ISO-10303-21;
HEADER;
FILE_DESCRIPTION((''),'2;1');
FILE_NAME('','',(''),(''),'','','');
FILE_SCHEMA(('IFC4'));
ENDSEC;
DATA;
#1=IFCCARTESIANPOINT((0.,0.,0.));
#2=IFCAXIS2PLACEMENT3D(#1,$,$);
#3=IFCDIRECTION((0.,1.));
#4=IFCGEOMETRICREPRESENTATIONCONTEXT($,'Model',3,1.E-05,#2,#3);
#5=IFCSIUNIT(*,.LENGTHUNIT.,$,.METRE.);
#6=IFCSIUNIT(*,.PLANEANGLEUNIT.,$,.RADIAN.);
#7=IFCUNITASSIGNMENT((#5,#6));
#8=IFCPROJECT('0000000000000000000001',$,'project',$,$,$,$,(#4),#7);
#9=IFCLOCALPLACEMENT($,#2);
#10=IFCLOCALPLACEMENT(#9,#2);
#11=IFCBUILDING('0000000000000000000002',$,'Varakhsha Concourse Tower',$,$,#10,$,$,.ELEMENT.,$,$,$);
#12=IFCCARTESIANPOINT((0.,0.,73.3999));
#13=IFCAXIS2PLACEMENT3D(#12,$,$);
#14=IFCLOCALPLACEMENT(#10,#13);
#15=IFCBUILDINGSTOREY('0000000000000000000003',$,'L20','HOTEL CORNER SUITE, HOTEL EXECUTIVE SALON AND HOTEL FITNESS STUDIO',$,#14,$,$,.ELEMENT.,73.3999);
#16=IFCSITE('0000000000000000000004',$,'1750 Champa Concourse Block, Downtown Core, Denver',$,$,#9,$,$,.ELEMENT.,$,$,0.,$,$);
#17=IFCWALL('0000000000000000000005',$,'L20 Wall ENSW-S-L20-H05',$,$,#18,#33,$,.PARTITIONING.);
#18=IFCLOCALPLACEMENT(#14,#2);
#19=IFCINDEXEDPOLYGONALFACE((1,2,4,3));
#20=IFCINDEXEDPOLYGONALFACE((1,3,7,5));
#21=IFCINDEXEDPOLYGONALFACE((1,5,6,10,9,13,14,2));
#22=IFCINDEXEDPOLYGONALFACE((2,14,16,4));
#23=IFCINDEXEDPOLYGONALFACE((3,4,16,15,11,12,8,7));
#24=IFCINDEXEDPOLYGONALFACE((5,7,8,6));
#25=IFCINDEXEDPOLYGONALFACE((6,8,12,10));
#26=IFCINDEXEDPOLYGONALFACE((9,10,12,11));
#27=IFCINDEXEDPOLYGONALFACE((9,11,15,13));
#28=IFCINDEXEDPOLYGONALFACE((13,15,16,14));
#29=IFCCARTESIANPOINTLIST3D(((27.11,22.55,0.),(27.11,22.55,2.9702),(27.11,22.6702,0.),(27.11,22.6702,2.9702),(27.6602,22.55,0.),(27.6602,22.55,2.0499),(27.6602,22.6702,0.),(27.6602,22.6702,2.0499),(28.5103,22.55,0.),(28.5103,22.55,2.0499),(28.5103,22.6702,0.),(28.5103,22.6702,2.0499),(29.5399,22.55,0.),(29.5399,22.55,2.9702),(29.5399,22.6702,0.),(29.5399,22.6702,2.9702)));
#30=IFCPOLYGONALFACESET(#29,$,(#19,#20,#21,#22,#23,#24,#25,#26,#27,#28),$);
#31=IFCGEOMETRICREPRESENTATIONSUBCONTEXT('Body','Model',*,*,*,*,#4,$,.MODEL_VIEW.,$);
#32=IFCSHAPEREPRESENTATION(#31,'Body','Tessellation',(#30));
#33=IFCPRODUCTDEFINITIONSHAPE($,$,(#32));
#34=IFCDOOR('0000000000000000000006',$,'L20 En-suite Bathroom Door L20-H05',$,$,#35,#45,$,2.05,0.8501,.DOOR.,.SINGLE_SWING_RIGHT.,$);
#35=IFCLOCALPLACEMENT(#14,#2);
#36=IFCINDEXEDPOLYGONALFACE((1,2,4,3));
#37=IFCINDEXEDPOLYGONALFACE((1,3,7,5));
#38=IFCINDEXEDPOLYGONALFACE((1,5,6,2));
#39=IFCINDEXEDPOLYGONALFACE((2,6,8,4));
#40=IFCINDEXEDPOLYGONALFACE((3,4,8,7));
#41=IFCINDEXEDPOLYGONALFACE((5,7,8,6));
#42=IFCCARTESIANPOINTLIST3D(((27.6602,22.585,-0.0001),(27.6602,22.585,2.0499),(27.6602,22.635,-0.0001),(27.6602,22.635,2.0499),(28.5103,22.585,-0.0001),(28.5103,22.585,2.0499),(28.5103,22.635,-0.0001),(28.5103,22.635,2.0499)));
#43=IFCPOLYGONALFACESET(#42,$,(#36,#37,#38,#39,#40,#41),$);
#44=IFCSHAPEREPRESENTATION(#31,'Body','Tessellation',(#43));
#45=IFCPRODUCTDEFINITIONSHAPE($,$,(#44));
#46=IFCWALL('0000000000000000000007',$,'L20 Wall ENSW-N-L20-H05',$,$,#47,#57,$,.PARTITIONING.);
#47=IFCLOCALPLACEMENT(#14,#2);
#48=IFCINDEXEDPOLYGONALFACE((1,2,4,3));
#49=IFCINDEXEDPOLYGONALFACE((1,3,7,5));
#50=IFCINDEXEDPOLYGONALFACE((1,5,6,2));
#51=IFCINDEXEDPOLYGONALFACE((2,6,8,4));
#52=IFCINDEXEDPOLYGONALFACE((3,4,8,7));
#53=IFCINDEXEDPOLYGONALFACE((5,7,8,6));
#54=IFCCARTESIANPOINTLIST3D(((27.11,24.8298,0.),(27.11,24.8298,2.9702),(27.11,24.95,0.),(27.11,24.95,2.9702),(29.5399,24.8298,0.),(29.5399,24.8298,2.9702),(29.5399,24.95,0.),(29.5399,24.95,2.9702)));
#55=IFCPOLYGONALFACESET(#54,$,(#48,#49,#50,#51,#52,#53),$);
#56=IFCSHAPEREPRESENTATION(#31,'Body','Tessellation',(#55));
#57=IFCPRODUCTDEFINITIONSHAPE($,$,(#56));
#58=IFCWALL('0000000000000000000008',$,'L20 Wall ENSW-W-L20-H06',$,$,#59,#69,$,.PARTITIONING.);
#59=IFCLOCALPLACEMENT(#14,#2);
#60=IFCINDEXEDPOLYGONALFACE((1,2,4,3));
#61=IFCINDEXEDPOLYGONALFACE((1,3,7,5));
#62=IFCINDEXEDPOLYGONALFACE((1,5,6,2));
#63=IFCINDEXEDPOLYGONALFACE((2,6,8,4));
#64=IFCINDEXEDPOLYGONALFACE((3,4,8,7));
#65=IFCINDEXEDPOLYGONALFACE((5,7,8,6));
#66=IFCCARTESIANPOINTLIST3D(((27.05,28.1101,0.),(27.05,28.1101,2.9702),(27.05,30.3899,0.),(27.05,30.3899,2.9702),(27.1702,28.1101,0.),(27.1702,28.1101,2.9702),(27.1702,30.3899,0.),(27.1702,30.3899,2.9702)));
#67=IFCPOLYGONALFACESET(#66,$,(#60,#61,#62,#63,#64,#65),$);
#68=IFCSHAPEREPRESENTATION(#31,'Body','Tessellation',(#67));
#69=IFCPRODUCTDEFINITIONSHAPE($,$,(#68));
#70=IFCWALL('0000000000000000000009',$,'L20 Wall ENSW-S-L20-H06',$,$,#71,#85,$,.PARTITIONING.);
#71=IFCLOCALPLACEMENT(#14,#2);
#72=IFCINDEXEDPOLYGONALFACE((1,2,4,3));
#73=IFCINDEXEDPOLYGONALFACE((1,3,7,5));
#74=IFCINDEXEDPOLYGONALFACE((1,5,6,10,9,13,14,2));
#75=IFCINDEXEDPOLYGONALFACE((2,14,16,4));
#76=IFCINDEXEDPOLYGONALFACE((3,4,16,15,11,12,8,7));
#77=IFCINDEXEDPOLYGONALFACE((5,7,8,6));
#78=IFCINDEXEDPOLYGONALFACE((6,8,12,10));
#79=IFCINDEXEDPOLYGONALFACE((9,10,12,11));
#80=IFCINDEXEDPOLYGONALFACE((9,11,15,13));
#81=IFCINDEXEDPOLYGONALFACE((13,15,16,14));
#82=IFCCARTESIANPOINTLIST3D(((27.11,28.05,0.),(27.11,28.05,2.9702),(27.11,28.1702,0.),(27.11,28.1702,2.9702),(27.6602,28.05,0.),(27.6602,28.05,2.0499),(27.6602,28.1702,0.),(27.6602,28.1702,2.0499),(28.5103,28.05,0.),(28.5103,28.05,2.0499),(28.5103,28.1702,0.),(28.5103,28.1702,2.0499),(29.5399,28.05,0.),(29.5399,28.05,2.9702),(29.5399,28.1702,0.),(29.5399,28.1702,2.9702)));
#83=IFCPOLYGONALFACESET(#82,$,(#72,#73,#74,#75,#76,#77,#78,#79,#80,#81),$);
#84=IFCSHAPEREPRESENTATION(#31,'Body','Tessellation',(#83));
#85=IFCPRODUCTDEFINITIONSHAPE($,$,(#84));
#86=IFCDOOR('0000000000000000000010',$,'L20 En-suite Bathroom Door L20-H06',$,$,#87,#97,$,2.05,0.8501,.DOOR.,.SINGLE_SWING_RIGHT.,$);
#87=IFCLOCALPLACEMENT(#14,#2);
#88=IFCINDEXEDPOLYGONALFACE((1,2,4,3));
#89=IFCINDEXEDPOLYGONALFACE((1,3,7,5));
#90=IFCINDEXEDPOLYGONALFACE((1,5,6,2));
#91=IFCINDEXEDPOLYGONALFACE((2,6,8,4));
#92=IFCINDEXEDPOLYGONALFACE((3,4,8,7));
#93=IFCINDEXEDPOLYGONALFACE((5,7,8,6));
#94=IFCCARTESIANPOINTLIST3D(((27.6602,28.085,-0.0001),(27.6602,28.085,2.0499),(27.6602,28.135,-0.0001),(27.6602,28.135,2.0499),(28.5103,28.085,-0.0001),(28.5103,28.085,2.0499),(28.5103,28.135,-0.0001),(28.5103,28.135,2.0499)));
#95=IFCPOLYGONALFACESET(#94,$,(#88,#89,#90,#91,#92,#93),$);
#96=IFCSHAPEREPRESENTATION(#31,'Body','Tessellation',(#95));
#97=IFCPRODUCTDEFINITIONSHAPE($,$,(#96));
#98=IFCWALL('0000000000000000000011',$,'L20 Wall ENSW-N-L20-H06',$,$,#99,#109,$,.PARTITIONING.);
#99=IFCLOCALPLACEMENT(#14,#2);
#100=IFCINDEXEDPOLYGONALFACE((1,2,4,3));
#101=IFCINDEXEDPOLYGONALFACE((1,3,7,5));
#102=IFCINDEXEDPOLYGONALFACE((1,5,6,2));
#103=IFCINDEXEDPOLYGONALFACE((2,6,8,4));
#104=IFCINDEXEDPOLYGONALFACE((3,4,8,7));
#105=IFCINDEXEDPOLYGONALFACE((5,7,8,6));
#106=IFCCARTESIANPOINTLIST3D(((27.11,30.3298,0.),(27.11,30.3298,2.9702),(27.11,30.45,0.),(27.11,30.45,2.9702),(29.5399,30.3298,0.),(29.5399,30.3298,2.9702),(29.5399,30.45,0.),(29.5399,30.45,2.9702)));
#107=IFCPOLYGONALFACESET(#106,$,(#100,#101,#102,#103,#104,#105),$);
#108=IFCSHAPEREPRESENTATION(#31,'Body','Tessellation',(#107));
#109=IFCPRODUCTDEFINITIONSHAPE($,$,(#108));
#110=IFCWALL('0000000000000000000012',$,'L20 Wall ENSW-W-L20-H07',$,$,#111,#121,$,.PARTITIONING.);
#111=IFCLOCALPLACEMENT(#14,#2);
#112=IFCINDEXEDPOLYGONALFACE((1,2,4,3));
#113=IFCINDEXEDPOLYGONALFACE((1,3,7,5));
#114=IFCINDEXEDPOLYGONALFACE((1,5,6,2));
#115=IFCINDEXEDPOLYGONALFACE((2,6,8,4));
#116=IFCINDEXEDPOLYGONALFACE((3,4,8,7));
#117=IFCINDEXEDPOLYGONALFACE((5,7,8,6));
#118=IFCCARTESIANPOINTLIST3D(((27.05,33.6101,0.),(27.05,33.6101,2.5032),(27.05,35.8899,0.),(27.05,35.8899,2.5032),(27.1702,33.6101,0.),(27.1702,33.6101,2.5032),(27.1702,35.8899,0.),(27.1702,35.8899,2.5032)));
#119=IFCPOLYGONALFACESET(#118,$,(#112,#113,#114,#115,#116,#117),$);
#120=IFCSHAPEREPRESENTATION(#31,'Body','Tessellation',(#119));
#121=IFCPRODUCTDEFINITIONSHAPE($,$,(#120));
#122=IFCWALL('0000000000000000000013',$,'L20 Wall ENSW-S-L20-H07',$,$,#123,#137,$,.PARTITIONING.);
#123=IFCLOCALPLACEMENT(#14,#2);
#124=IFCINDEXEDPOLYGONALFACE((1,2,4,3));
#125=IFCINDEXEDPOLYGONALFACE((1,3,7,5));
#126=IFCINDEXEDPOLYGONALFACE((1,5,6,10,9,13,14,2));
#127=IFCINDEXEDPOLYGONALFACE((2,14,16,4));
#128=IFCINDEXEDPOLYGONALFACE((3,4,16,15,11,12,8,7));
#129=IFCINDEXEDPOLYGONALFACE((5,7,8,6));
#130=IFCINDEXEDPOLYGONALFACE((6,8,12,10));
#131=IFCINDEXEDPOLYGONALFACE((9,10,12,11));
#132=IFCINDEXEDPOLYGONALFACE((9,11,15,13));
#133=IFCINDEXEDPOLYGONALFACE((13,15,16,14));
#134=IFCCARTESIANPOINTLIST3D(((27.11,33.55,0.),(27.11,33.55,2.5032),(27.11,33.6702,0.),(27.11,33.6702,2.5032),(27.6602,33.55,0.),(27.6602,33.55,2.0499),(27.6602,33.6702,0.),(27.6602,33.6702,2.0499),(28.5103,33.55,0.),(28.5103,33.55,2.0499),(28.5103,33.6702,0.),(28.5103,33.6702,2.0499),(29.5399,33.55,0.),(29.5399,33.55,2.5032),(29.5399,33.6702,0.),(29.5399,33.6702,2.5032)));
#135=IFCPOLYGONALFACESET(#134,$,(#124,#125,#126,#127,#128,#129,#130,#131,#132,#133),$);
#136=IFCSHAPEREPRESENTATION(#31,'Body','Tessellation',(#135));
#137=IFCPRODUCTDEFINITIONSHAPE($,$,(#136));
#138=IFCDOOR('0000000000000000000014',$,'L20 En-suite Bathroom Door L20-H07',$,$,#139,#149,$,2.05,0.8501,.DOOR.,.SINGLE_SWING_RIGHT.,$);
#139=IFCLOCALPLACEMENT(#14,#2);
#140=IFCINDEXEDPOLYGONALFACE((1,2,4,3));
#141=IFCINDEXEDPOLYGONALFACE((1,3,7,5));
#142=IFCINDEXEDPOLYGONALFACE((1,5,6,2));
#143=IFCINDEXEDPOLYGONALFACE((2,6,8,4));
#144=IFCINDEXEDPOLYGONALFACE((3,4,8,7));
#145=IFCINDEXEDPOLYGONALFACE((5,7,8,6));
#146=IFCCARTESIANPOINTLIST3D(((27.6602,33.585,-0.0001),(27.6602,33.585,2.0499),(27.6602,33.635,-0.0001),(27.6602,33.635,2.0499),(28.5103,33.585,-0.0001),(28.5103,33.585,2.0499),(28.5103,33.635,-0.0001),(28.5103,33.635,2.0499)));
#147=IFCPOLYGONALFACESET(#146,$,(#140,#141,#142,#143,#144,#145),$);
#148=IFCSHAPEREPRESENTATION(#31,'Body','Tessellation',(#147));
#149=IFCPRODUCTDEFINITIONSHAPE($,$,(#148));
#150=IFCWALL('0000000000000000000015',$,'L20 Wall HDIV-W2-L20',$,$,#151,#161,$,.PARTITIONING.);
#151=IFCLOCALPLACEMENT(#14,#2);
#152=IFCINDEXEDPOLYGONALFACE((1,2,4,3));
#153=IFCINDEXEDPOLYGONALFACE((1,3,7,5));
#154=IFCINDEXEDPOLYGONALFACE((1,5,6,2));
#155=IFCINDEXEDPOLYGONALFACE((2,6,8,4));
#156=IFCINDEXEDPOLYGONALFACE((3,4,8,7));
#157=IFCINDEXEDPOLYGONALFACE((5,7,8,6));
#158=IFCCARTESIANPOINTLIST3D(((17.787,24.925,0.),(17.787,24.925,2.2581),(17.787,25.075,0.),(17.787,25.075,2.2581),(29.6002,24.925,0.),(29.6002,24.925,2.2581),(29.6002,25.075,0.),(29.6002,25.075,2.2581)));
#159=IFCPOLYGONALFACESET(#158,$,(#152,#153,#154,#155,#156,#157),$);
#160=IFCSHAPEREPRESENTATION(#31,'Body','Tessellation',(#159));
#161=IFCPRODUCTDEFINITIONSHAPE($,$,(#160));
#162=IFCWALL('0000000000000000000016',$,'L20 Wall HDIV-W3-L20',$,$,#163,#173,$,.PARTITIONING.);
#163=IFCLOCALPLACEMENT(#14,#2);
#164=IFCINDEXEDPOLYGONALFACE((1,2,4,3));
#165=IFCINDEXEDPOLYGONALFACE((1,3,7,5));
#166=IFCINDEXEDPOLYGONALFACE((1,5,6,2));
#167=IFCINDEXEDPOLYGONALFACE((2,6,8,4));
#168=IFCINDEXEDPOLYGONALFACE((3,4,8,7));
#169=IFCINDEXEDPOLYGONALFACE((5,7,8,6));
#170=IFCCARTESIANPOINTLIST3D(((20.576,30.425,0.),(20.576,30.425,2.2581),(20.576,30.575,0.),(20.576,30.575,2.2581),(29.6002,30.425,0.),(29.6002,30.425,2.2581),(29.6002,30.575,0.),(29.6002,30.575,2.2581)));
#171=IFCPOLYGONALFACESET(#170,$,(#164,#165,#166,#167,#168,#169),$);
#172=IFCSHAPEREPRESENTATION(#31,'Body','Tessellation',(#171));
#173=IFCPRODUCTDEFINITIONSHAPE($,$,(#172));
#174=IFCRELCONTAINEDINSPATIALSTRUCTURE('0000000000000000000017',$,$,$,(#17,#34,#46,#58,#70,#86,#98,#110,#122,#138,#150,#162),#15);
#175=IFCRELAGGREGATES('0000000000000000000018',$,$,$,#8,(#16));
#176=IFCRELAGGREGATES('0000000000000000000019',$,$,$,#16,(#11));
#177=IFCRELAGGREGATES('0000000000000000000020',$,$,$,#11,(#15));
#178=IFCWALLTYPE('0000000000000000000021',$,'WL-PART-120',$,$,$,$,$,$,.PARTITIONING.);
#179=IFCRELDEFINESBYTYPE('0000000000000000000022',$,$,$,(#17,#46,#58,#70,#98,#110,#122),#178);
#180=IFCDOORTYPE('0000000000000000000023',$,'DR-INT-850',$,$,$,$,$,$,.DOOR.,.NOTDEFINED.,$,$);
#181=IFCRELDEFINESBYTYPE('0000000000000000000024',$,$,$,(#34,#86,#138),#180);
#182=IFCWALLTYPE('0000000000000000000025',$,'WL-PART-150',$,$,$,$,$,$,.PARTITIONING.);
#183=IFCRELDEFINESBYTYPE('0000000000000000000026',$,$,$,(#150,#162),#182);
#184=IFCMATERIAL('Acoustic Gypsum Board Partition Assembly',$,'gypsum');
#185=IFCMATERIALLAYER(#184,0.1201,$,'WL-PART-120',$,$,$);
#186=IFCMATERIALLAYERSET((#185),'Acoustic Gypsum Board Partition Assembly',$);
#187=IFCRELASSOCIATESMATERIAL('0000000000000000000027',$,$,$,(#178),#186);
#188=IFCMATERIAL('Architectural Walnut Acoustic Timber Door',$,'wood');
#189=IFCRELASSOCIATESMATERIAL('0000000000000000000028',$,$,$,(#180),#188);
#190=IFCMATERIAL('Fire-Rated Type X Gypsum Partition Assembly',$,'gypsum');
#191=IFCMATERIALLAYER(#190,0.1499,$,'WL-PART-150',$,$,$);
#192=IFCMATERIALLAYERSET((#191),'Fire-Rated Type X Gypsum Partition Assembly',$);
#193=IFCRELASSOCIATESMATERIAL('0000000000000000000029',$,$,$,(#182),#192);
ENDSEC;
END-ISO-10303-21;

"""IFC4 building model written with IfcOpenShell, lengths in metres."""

from ifc_helpers import new_model, si_unit, direction, frame, frame_2d, origin, place, context, subcontext, project, spatial, rectangle, extrude, material, layer, layer_set, type_object, element, fill, save


model = new_model("IFC4")

# Units and contexts
model_context = context("Model", 3, precision=1e-05, world=origin(), true_north=direction((0.0, 1.0)))
body_context = subcontext(model_context, "Body", "Model", "MODEL_VIEW")
ifc_project = project(units=[si_unit("LENGTHUNIT", "METRE"), si_unit("PLANEANGLEUNIT", "RADIAN")], contexts=[model_context])

# Site, building, storey
site_placement = place(None, origin())
site = spatial("IfcSite", under=ifc_project, at=site_placement, Name="1750 Champa Concourse Block, Downtown Core, Denver", CompositionType="ELEMENT", RefElevation=0.0)
building_placement = place(site_placement, origin())
building = spatial("IfcBuilding", under=site, at=building_placement, Name="Varakhsha Concourse Tower", CompositionType="ELEMENT")
storey_placement = place(building_placement, frame((0.0, 0.0, 73.3999)))
storey = spatial("IfcBuildingStorey", under=building, at=storey_placement, Name="L20", Description="HOTEL CORNER SUITE, HOTEL EXECUTIVE SALON AND HOTEL FITNESS STUDIO", CompositionType="ELEMENT", Elevation=73.3999)

# Shared definitions
ifc_material_1 = material(Name="Acoustic Gypsum Board Partition Assembly", Category="gypsum")
ifc_layer_1 = layer(ifc_material_1, 0.1201, Name="WL-PART-120")
ifc_layer_set_1 = layer_set([ifc_layer_1], Name="Acoustic Gypsum Board Partition Assembly")
wall_type_1 = type_object("IfcWallType", Name="WL-PART-120", PredefinedType="PARTITIONING", material=ifc_layer_set_1)

# Wall, opening, door
wall_1_placement = place(storey_placement, frame((27.1101, 22.6101, 0.0), z_axis=(0.0, 0.0, 1.0), x_axis=(1.0, 0.0, 0.0)))
wall_1 = element("IfcWall", 1, at=wall_1_placement, inside=storey, type_object=wall_type_1, Name="L20 Wall ENSW-S-L20-H05", PredefinedType="PARTITIONING", context=body_context, shape_type="SweptSolid", body=[
    extrude(rectangle(XDim=2.4299, YDim=0.1201, at=frame_2d((1.2148, 0.0))), origin(), (0.0, 0.0, 1.0), 2.9702),
])
opening_1_placement = place(wall_1_placement, frame((0.55, 0.0, 0.0)))
opening_1 = element("IfcOpeningElement", 2, at=opening_1_placement, cuts=wall_1, PredefinedType="OPENING", context=body_context, shape_type="SweptSolid", body=[
    extrude(rectangle(XDim=0.8501, YDim=2.05, at=frame_2d((0.425, 1.0249))), frame((0.0, 0.0701, 0.0), z_axis=(0.0, -1.0, 0.0), x_axis=(1.0, 0.0, 0.0)), (0.0, 0.0, 1.0), 0.1401),
])
ifc_material_2 = material(Name="Architectural Walnut Acoustic Timber Door", Category="wood")
door_type = type_object("IfcDoorType", Name="DR-INT-850", OperationType="NOTDEFINED", PredefinedType="DOOR", material=ifc_material_2)
door_1_placement = place(opening_1_placement, origin())
door_1 = element("IfcDoor", 3, at=door_1_placement, inside=storey, type_object=door_type, Name="L20 En-suite Bathroom Door L20-H05", OperationType="SINGLE_SWING_RIGHT", OverallHeight=2.05, OverallWidth=0.8501, PredefinedType="DOOR", context=body_context, shape_type="SweptSolid", body=[
    extrude(rectangle(XDim=0.8501, YDim=2.05, at=frame_2d((0.425, 1.0249))), frame((0.0, 0.0249, 0.0), z_axis=(0.0, -1.0, 0.0), x_axis=(1.0, 0.0, 0.0)), (0.0, 0.0, 1.0), 0.05),
])
fill(opening_1, door_1)

# Walls
wall_2_placement = place(storey_placement, frame((27.1101, 24.8899, 0.0), z_axis=(0.0, 0.0, 1.0), x_axis=(1.0, 0.0, 0.0)))
element("IfcWall", 4, at=wall_2_placement, inside=storey, type_object=wall_type_1, Name="L20 Wall ENSW-N-L20-H05", PredefinedType="PARTITIONING", context=body_context, shape_type="SweptSolid", body=[
    extrude(rectangle(XDim=2.4299, YDim=0.1201, at=frame_2d((1.2148, 0.0))), origin(), (0.0, 0.0, 1.0), 2.9702),
])
wall_3_placement = place(storey_placement, frame((27.1101, 28.1101, 0.0), z_axis=(0.0, 0.0, 1.0), x_axis=(0.0, 1.0, 0.0)))
element("IfcWall", 5, at=wall_3_placement, inside=storey, type_object=wall_type_1, Name="L20 Wall ENSW-W-L20-H06", PredefinedType="PARTITIONING", context=body_context, shape_type="SweptSolid", body=[
    extrude(rectangle(XDim=2.2798, YDim=0.1201, at=frame_2d((1.1399, 0.0))), origin(), (0.0, 0.0, 1.0), 2.9702),
])

# Wall, opening, door
wall_4_placement = place(storey_placement, frame((27.1101, 28.1101, 0.0), z_axis=(0.0, 0.0, 1.0), x_axis=(1.0, 0.0, 0.0)))
wall_4 = element("IfcWall", 6, at=wall_4_placement, inside=storey, type_object=wall_type_1, Name="L20 Wall ENSW-S-L20-H06", PredefinedType="PARTITIONING", context=body_context, shape_type="SweptSolid", body=[
    extrude(rectangle(XDim=2.4299, YDim=0.1201, at=frame_2d((1.2148, 0.0))), origin(), (0.0, 0.0, 1.0), 2.9702),
])
opening_2_placement = place(wall_4_placement, frame((0.55, 0.0, 0.0)))
opening_2 = element("IfcOpeningElement", 7, at=opening_2_placement, cuts=wall_4, PredefinedType="OPENING", context=body_context, shape_type="SweptSolid", body=[
    extrude(rectangle(XDim=0.8501, YDim=2.05, at=frame_2d((0.425, 1.0249))), frame((0.0, 0.0701, 0.0), z_axis=(0.0, -1.0, 0.0), x_axis=(1.0, 0.0, 0.0)), (0.0, 0.0, 1.0), 0.1401),
])
door_2_placement = place(opening_2_placement, origin())
door_2 = element("IfcDoor", 8, at=door_2_placement, inside=storey, type_object=door_type, Name="L20 En-suite Bathroom Door L20-H06", OperationType="SINGLE_SWING_RIGHT", OverallHeight=2.05, OverallWidth=0.8501, PredefinedType="DOOR", context=body_context, shape_type="SweptSolid", body=[
    extrude(rectangle(XDim=0.8501, YDim=2.05, at=frame_2d((0.425, 1.0249))), frame((0.0, 0.0249, 0.0), z_axis=(0.0, -1.0, 0.0), x_axis=(1.0, 0.0, 0.0)), (0.0, 0.0, 1.0), 0.05),
])
fill(opening_2, door_2)

# Walls
wall_5_placement = place(storey_placement, frame((27.1101, 30.3899, 0.0), z_axis=(0.0, 0.0, 1.0), x_axis=(1.0, 0.0, 0.0)))
element("IfcWall", 9, at=wall_5_placement, inside=storey, type_object=wall_type_1, Name="L20 Wall ENSW-N-L20-H06", PredefinedType="PARTITIONING", context=body_context, shape_type="SweptSolid", body=[
    extrude(rectangle(XDim=2.4299, YDim=0.1201, at=frame_2d((1.2148, 0.0))), origin(), (0.0, 0.0, 1.0), 2.9702),
])
wall_6_placement = place(storey_placement, frame((27.1101, 33.6101, 0.0), z_axis=(0.0, 0.0, 1.0), x_axis=(0.0, 1.0, 0.0)))
element("IfcWall", 10, at=wall_6_placement, inside=storey, type_object=wall_type_1, Name="L20 Wall ENSW-W-L20-H07", PredefinedType="PARTITIONING", context=body_context, shape_type="SweptSolid", body=[
    extrude(rectangle(XDim=2.2798, YDim=0.1201, at=frame_2d((1.1399, 0.0))), origin(), (0.0, 0.0, 1.0), 2.5032),
])

# Wall, opening, door
wall_7_placement = place(storey_placement, frame((27.1101, 33.6101, 0.0), z_axis=(0.0, 0.0, 1.0), x_axis=(1.0, 0.0, 0.0)))
wall_7 = element("IfcWall", 11, at=wall_7_placement, inside=storey, type_object=wall_type_1, Name="L20 Wall ENSW-S-L20-H07", PredefinedType="PARTITIONING", context=body_context, shape_type="SweptSolid", body=[
    extrude(rectangle(XDim=2.4299, YDim=0.1201, at=frame_2d((1.2148, 0.0))), origin(), (0.0, 0.0, 1.0), 2.5032),
])
opening_3_placement = place(wall_7_placement, frame((0.55, 0.0, 0.0)))
opening_3 = element("IfcOpeningElement", 12, at=opening_3_placement, cuts=wall_7, PredefinedType="OPENING", context=body_context, shape_type="SweptSolid", body=[
    extrude(rectangle(XDim=0.8501, YDim=2.05, at=frame_2d((0.425, 1.0249))), frame((0.0, 0.0701, 0.0), z_axis=(0.0, -1.0, 0.0), x_axis=(1.0, 0.0, 0.0)), (0.0, 0.0, 1.0), 0.1401),
])
door_3_placement = place(opening_3_placement, origin())
door_3 = element("IfcDoor", 13, at=door_3_placement, inside=storey, type_object=door_type, Name="L20 En-suite Bathroom Door L20-H07", OperationType="SINGLE_SWING_RIGHT", OverallHeight=2.05, OverallWidth=0.8501, PredefinedType="DOOR", context=body_context, shape_type="SweptSolid", body=[
    extrude(rectangle(XDim=0.8501, YDim=2.05, at=frame_2d((0.425, 1.0249))), frame((0.0, 0.0249, 0.0), z_axis=(0.0, -1.0, 0.0), x_axis=(1.0, 0.0, 0.0)), (0.0, 0.0, 1.0), 0.05),
])
fill(opening_3, door_3)

# Walls
ifc_material_3 = material(Name="Fire-Rated Type X Gypsum Partition Assembly", Category="gypsum")
ifc_layer_2 = layer(ifc_material_3, 0.1499, Name="WL-PART-150")
ifc_layer_set_2 = layer_set([ifc_layer_2], Name="Fire-Rated Type X Gypsum Partition Assembly")
wall_type_2 = type_object("IfcWallType", Name="WL-PART-150", PredefinedType="PARTITIONING", material=ifc_layer_set_2)
wall_8_placement = place(storey_placement, frame((17.7869, 25.0, 0.0), z_axis=(0.0, 0.0, 1.0), x_axis=(1.0, 0.0, 0.0)))
element("IfcWall", 14, at=wall_8_placement, inside=storey, type_object=wall_type_2, Name="L20 Wall HDIV-W2-L20", PredefinedType="PARTITIONING", context=body_context, shape_type="SweptSolid", body=[
    extrude(rectangle(XDim=11.8132, YDim=0.1499, at=frame_2d((5.9067, 0.0))), origin(), (0.0, 0.0, 1.0), 2.2581),
])
wall_9_placement = place(storey_placement, frame((20.5759, 30.5, 0.0), z_axis=(0.0, 0.0, 1.0), x_axis=(1.0, 0.0, 0.0)))
element("IfcWall", 15, at=wall_9_placement, inside=storey, type_object=wall_type_2, Name="L20 Wall HDIV-W3-L20", PredefinedType="PARTITIONING", context=body_context, shape_type="SweptSolid", body=[
    extrude(rectangle(XDim=9.0242, YDim=0.1499, at=frame_2d((4.5122, 0.0))), origin(), (0.0, 0.0, 1.0), 2.2581),
])

save(model, "model.ifc")
